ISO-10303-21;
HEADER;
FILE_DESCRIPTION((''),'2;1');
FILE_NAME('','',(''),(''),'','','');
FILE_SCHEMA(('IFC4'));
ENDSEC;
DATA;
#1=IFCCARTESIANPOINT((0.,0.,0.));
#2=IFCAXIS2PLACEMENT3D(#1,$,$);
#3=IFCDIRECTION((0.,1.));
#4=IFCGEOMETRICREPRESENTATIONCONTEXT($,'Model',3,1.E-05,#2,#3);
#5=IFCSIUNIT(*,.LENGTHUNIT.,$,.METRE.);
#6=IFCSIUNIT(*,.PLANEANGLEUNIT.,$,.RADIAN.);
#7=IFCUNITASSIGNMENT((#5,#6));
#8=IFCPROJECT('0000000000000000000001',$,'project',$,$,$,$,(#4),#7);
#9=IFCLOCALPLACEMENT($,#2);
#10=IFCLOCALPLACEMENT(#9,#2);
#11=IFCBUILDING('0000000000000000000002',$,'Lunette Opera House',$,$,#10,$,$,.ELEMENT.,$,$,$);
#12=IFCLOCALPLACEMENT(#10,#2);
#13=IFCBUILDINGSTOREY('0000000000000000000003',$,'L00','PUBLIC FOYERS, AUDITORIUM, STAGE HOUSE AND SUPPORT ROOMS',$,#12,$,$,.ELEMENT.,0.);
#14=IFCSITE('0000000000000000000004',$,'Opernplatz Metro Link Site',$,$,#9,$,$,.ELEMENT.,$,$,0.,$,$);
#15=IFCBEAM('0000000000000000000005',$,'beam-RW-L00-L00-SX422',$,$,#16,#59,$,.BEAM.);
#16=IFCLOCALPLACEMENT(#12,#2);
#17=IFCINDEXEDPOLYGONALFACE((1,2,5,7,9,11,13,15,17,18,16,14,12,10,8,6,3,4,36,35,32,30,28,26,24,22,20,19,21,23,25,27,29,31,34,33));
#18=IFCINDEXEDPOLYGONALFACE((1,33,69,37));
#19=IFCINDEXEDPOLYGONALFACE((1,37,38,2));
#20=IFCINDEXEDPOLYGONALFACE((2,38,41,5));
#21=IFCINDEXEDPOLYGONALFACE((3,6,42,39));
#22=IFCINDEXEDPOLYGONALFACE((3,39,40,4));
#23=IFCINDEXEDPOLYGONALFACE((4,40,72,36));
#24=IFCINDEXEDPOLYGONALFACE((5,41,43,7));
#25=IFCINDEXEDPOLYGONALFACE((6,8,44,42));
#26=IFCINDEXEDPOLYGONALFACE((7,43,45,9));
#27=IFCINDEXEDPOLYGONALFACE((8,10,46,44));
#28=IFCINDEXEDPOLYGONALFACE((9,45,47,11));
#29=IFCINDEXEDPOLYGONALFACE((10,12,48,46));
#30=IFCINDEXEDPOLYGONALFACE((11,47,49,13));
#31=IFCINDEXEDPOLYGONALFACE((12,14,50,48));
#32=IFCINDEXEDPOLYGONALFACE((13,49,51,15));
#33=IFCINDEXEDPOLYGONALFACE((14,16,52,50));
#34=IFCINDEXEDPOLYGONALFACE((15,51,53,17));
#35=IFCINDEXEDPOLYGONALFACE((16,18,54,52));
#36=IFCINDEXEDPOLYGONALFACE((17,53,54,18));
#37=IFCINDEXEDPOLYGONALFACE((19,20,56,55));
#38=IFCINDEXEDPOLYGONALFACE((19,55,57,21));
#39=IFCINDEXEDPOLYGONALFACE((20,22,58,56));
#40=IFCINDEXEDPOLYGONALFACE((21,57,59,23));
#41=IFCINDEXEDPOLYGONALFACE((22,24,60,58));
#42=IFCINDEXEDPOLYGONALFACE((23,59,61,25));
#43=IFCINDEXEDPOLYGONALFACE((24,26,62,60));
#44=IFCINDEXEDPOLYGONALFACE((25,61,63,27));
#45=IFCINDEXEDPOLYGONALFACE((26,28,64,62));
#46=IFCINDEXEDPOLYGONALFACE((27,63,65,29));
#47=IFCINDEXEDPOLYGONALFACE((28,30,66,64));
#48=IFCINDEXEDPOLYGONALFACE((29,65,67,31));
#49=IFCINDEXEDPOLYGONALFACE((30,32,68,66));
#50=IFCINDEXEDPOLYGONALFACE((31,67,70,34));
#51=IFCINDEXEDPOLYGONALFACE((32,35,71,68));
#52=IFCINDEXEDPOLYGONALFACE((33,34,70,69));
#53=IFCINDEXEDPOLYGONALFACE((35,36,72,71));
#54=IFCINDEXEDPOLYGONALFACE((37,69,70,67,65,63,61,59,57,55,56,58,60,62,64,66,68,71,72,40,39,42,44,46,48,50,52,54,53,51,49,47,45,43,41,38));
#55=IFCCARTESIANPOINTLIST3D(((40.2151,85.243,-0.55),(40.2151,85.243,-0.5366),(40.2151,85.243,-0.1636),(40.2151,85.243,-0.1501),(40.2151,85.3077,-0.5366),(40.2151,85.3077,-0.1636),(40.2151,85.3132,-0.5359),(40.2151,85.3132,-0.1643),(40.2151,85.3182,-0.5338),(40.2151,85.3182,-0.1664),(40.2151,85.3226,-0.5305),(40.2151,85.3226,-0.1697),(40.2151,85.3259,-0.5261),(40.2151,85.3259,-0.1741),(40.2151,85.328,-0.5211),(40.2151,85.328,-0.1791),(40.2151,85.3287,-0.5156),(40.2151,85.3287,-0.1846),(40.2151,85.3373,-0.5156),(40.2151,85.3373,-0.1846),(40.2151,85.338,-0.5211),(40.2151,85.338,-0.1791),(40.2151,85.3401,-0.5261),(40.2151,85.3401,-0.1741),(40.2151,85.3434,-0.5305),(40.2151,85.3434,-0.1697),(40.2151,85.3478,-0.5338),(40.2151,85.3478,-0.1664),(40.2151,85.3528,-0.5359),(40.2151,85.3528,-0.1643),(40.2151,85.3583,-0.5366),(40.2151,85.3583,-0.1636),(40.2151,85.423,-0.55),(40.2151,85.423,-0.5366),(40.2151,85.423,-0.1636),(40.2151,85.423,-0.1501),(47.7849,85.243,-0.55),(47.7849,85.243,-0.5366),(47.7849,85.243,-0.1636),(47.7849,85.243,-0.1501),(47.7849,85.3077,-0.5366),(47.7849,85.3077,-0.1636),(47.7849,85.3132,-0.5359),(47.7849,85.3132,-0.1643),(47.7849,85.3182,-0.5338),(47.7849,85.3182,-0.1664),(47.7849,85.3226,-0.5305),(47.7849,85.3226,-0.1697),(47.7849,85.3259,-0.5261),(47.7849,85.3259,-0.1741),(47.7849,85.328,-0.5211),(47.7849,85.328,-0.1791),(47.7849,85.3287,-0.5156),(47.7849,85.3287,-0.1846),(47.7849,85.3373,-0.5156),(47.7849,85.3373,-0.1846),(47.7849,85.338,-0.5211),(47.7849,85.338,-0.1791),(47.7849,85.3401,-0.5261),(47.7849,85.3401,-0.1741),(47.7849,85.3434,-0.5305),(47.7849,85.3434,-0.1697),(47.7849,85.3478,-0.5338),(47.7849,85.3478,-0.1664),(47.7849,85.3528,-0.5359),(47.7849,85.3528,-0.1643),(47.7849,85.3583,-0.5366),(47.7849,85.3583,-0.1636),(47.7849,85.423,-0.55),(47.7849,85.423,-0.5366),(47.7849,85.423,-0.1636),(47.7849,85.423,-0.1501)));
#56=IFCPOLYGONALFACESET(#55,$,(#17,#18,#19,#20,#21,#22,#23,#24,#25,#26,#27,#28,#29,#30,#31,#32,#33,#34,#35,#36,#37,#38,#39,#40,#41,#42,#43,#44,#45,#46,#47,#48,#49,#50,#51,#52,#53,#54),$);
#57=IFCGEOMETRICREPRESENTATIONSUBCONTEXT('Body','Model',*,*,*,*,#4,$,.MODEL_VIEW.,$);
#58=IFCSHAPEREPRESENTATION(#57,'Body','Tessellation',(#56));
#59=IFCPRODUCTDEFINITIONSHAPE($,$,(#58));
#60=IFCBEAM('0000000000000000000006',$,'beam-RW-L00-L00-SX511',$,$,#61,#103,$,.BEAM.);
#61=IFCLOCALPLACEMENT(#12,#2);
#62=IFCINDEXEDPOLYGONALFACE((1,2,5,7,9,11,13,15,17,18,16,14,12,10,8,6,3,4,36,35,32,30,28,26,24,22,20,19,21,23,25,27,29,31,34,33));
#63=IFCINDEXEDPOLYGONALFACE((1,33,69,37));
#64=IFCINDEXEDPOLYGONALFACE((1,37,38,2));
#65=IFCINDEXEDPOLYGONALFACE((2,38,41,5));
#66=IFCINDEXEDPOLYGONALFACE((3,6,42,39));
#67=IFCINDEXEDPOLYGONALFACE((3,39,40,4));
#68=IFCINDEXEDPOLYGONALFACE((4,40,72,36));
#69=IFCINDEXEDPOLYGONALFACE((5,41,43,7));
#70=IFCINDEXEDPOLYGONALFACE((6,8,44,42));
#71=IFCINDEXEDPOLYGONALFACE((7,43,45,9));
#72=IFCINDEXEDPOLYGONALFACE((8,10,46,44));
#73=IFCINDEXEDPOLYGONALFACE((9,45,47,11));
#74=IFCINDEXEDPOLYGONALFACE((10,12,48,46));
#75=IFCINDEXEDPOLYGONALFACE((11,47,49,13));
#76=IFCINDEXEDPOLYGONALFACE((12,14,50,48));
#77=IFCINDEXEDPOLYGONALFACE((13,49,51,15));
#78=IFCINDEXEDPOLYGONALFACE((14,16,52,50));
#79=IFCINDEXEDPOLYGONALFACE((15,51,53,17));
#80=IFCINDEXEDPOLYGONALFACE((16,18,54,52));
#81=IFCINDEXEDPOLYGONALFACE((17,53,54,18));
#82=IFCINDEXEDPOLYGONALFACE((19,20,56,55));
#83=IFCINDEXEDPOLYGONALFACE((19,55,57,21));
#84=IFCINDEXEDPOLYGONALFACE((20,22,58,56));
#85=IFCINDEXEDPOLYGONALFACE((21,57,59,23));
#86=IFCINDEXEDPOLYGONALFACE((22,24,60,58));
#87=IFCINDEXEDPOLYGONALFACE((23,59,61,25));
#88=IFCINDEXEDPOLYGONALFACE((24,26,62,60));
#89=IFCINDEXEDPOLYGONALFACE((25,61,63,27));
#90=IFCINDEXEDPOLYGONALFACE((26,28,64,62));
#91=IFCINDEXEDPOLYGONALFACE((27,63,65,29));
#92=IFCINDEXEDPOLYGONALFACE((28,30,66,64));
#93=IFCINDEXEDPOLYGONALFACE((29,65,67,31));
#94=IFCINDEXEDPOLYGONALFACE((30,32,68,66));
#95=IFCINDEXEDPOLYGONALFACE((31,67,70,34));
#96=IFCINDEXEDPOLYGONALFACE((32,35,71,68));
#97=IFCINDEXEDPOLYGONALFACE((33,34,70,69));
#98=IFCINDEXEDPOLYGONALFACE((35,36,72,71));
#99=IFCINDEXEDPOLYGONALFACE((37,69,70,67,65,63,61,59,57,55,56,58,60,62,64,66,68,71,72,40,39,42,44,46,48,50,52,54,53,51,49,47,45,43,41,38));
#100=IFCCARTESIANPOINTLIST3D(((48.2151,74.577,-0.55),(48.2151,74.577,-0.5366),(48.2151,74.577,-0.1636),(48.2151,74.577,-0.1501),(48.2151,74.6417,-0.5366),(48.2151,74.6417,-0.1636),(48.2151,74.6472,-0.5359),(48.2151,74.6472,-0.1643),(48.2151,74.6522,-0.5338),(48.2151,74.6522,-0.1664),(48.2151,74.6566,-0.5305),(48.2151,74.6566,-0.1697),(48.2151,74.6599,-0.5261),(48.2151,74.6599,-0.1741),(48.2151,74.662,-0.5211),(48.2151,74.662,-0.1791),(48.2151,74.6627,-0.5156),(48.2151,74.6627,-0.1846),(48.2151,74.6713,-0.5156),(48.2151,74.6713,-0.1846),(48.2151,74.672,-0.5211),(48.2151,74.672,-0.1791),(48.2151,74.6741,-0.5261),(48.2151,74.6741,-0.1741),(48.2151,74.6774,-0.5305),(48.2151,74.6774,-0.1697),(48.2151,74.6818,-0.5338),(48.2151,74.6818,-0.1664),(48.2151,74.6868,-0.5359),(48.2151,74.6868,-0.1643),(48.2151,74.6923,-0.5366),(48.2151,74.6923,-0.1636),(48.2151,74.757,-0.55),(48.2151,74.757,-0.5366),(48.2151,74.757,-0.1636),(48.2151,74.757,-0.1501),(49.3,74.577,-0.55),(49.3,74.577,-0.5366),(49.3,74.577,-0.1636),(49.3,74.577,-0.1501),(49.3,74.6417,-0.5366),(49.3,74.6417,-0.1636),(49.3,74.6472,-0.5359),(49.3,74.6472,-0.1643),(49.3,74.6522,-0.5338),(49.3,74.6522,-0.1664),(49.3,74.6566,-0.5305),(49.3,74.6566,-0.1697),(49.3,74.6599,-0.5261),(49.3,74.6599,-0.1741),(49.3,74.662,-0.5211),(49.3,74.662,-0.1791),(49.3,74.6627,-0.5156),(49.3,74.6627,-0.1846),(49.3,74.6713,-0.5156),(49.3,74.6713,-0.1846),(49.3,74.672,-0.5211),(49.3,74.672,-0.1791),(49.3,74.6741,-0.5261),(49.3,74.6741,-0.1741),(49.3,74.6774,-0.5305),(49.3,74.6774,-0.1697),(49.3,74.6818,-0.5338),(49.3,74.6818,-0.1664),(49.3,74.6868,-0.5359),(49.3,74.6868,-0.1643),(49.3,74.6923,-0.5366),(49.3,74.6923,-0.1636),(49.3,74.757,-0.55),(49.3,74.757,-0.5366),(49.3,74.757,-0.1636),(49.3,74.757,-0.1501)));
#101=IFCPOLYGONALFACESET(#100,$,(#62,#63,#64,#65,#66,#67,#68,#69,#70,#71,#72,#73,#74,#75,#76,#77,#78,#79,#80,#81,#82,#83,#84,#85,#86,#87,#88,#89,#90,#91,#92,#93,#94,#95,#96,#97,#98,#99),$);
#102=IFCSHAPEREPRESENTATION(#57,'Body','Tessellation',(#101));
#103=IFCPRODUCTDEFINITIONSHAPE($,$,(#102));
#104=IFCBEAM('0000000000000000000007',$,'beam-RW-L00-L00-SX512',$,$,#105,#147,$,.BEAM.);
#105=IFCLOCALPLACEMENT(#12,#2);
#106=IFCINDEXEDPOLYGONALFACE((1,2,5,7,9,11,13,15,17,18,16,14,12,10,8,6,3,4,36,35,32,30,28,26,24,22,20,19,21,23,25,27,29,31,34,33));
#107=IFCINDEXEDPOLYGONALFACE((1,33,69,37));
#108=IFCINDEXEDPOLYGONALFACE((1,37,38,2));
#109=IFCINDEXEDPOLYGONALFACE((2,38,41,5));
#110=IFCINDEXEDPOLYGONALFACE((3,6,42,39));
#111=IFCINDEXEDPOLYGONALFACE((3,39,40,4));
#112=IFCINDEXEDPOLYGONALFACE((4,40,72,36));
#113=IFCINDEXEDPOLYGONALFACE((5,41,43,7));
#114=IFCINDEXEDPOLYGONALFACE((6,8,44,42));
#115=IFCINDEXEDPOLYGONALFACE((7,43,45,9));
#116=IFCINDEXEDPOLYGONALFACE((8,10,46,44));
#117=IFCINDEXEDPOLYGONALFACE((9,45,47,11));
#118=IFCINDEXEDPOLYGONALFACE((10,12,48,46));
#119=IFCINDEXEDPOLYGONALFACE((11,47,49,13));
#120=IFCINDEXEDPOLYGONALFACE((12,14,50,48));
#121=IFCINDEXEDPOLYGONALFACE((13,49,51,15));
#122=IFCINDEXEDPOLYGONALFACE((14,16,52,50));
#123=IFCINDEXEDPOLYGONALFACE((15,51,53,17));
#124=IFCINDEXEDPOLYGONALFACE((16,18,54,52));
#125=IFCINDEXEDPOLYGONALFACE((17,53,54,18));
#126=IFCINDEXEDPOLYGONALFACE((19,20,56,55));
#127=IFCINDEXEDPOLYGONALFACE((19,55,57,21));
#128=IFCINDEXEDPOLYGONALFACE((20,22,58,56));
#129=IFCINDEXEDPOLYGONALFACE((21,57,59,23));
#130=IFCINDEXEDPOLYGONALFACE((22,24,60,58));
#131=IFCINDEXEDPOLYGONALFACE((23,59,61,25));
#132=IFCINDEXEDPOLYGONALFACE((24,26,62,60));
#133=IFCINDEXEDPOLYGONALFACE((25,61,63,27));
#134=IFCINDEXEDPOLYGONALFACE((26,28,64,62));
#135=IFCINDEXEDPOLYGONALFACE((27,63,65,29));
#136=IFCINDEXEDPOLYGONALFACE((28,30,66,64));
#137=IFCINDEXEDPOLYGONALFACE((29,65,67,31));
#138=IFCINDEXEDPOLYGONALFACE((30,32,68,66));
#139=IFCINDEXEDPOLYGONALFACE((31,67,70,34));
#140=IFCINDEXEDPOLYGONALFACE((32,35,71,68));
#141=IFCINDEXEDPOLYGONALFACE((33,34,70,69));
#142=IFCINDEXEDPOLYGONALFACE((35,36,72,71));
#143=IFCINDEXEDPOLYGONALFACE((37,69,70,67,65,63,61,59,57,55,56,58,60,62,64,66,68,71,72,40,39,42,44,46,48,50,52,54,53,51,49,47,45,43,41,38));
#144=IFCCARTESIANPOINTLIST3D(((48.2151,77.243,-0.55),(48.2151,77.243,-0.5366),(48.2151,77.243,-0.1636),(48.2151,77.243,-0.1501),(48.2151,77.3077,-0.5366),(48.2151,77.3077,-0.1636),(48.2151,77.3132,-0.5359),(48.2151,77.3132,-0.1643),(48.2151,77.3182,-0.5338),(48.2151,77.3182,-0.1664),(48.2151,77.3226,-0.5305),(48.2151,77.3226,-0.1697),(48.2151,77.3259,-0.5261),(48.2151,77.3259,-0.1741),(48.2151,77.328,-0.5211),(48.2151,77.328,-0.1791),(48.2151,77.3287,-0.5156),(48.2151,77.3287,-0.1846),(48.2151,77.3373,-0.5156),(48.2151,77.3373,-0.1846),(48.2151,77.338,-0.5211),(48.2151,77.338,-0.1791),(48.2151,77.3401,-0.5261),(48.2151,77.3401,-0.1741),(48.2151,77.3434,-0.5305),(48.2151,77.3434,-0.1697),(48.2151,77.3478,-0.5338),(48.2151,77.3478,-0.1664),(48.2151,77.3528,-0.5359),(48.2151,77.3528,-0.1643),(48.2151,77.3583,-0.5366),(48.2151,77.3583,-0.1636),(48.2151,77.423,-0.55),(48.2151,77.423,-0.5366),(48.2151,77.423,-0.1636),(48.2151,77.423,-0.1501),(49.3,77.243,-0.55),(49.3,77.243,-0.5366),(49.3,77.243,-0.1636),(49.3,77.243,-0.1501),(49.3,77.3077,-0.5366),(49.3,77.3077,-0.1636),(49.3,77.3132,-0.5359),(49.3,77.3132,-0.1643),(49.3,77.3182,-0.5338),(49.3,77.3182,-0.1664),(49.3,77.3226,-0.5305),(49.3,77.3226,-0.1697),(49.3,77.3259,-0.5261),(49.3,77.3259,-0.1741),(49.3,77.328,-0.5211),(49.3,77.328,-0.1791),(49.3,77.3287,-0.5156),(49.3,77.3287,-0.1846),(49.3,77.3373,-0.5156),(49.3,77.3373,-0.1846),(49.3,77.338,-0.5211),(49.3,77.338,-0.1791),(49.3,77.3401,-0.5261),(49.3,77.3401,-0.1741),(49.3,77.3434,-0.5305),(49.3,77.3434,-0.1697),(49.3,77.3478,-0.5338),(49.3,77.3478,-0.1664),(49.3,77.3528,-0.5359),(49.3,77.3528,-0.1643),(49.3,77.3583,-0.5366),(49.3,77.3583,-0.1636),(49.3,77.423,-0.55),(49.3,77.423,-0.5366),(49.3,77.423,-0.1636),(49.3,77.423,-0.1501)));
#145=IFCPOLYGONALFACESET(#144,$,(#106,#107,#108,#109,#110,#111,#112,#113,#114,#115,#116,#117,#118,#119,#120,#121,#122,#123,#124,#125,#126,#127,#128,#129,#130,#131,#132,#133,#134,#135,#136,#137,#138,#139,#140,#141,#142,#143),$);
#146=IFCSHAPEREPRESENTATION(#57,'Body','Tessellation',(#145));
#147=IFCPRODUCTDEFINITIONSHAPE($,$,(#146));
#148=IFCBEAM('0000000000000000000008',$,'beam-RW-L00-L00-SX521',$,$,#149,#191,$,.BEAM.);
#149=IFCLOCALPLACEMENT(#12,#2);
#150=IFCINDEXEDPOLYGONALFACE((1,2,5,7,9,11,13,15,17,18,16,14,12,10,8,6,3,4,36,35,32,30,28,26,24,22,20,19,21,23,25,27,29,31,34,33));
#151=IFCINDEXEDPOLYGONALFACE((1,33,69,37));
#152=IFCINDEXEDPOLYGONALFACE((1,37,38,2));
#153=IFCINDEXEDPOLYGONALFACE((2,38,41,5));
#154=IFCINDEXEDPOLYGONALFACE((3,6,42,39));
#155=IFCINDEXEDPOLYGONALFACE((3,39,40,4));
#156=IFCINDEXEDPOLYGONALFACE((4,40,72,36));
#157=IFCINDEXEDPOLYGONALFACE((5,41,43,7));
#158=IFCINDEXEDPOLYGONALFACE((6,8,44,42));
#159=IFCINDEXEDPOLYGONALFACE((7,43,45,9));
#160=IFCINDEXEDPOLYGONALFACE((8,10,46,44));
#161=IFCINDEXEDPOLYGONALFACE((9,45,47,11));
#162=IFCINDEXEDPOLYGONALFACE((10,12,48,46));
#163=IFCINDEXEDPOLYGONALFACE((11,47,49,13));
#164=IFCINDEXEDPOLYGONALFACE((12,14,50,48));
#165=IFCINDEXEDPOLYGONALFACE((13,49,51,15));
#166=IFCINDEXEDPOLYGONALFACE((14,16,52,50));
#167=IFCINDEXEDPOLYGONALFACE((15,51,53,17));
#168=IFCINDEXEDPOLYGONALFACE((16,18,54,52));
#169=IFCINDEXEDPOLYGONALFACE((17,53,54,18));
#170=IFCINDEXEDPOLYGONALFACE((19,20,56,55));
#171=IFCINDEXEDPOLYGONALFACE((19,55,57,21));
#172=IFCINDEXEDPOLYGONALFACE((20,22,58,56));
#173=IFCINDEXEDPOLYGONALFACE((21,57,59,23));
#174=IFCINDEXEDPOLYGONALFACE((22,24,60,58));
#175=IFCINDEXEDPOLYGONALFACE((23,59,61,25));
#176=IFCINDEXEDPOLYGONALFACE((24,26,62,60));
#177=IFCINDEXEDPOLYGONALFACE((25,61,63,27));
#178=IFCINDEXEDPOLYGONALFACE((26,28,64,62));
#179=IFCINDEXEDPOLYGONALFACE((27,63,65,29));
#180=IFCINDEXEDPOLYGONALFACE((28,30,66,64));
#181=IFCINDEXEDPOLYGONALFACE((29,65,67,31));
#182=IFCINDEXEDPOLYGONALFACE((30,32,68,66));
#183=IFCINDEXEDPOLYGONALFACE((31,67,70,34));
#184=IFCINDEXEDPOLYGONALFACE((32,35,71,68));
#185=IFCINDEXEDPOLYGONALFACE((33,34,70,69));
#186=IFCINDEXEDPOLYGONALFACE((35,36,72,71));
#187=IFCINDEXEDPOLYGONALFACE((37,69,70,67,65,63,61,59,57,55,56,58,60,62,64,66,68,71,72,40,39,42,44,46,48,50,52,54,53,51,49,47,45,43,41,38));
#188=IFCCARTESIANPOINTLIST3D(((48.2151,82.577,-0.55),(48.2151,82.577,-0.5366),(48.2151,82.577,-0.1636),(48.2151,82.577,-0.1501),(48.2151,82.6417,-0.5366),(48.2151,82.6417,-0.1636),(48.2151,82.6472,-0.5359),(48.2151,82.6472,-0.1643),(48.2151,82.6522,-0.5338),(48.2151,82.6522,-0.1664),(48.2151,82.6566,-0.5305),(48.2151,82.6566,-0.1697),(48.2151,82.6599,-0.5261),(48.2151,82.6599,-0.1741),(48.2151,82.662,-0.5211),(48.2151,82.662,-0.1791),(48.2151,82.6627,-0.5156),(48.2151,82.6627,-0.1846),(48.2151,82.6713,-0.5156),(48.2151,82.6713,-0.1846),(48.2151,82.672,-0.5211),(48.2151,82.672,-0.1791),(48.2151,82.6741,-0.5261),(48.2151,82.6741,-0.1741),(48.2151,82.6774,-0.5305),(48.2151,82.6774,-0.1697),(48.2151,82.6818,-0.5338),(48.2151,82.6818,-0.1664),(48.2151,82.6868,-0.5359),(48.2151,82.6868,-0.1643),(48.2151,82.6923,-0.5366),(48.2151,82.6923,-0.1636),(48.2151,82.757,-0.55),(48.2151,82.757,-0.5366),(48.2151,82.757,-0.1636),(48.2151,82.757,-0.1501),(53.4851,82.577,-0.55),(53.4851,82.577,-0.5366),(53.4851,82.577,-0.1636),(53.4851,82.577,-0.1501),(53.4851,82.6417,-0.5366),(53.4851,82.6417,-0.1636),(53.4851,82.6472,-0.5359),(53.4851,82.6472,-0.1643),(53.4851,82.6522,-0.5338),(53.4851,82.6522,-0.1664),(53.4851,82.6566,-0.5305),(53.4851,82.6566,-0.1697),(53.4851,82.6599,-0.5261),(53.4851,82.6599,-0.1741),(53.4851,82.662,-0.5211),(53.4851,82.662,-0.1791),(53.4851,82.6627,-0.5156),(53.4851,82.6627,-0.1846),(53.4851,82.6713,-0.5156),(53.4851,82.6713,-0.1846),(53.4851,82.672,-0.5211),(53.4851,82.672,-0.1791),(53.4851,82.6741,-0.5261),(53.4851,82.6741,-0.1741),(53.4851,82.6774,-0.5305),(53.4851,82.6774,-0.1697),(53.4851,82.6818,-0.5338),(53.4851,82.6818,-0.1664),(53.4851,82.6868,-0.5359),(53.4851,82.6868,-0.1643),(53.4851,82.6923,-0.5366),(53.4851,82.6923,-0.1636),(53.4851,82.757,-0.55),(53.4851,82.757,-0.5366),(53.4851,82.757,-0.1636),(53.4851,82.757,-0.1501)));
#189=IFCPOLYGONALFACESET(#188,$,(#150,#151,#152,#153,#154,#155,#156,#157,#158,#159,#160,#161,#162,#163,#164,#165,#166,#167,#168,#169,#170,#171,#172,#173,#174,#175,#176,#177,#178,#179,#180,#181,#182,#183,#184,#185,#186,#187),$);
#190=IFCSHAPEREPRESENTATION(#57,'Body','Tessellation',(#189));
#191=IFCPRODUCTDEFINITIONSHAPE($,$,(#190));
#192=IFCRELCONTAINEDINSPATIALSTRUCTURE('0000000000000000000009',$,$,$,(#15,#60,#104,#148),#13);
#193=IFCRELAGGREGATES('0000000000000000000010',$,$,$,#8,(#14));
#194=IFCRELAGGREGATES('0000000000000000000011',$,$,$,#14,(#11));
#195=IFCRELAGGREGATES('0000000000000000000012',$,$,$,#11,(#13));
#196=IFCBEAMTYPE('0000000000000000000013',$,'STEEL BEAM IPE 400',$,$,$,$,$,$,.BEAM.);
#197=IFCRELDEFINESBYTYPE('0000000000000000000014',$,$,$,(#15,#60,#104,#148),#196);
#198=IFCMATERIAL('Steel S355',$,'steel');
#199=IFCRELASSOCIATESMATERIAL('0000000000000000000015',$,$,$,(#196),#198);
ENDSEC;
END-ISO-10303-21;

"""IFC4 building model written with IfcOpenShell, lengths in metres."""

from ifc_helpers import new_model, si_unit, direction, frame, origin, origin_2d, place, context, subcontext, project, spatial, i_section, extrude, material, material_profile, profile_set, type_object, element, save


model = new_model("IFC4")

# Units and contexts
model_context = context("Model", 3, precision=1e-05, world=origin(), true_north=direction((0.0, 1.0)))
body_context = subcontext(model_context, "Body", "Model", "MODEL_VIEW")
ifc_project = project(units=[si_unit("LENGTHUNIT", "METRE"), si_unit("PLANEANGLEUNIT", "RADIAN")], contexts=[model_context])

# Site, building, storey
site_placement = place(None, origin())
site = spatial("IfcSite", under=ifc_project, at=site_placement, Name="Opernplatz Metro Link Site", CompositionType="ELEMENT", RefElevation=0.0)
building_placement = place(site_placement, origin())
building = spatial("IfcBuilding", under=site, at=building_placement, Name="Lunette Opera House", CompositionType="ELEMENT")
storey_placement = place(building_placement, origin())
storey = spatial("IfcBuildingStorey", under=building, at=storey_placement, Name="L00", Description="PUBLIC FOYERS, AUDITORIUM, STAGE HOUSE AND SUPPORT ROOMS", CompositionType="ELEMENT", Elevation=0.0)

# Beams
ifc_material_1 = material(Name="Steel S355", Category="steel")
ifc_material_profile_1 = material_profile(ifc_material_1, i_section(OverallWidth=0.1799, OverallDepth=0.3999, WebThickness=0.0085, FlangeThickness=0.0134, FilletRadius=0.021, at=origin_2d()), Name="IPE 400")
ifc_profile_set_1 = profile_set([ifc_material_profile_1], Name="Steel S355")
beam_type_1 = type_object("IfcBeamType", Name="STEEL BEAM IPE 400", PredefinedType="BEAM", material=ifc_profile_set_1)
for number, where, z_axis, x_axis, name in (
    (1, (40.2151, 85.333, -0.3501), (1.0, 0.0, 0.0), (0.0, 1.0, 0.0), "beam-RW-L00-L00-SX422"),
):
    element("IfcBeam", number, at=place(storey_placement, frame(where, z_axis=z_axis, x_axis=x_axis)), inside=storey, type_object=beam_type_1, Name=name, PredefinedType="BEAM", context=body_context, shape_type="SweptSolid", body=[
        extrude(i_section(OverallWidth=0.1799, OverallDepth=0.3999, WebThickness=0.0085, FlangeThickness=0.0134, FilletRadius=0.021, at=origin_2d()), origin(), (0.0, 0.0, 1.0), 7.5698),
    ])
for number, where, z_axis, x_axis, name in (
    (2, (48.2151, 74.667, -0.3501), (1.0, 0.0, 0.0), (0.0, 1.0, 0.0), "beam-RW-L00-L00-SX511"),
    (3, (48.2151, 77.333, -0.3501), (1.0, 0.0, 0.0), (0.0, 1.0, 0.0), "beam-RW-L00-L00-SX512"),
):
    element("IfcBeam", number, at=place(storey_placement, frame(where, z_axis=z_axis, x_axis=x_axis)), inside=storey, type_object=beam_type_1, Name=name, PredefinedType="BEAM", context=body_context, shape_type="SweptSolid", body=[
        extrude(i_section(OverallWidth=0.1799, OverallDepth=0.3999, WebThickness=0.0085, FlangeThickness=0.0134, FilletRadius=0.021, at=origin_2d()), origin(), (0.0, 0.0, 1.0), 1.085),
    ])
for number, where, z_axis, x_axis, name in (
    (4, (48.2151, 82.667, -0.3501), (1.0, 0.0, 0.0), (0.0, 1.0, 0.0), "beam-RW-L00-L00-SX521"),
):
    element("IfcBeam", number, at=place(storey_placement, frame(where, z_axis=z_axis, x_axis=x_axis)), inside=storey, type_object=beam_type_1, Name=name, PredefinedType="BEAM", context=body_context, shape_type="SweptSolid", body=[
        extrude(i_section(OverallWidth=0.1799, OverallDepth=0.3999, WebThickness=0.0085, FlangeThickness=0.0134, FilletRadius=0.021, at=origin_2d()), origin(), (0.0, 0.0, 1.0), 5.27),
    ])

save(model, "model.ifc")
